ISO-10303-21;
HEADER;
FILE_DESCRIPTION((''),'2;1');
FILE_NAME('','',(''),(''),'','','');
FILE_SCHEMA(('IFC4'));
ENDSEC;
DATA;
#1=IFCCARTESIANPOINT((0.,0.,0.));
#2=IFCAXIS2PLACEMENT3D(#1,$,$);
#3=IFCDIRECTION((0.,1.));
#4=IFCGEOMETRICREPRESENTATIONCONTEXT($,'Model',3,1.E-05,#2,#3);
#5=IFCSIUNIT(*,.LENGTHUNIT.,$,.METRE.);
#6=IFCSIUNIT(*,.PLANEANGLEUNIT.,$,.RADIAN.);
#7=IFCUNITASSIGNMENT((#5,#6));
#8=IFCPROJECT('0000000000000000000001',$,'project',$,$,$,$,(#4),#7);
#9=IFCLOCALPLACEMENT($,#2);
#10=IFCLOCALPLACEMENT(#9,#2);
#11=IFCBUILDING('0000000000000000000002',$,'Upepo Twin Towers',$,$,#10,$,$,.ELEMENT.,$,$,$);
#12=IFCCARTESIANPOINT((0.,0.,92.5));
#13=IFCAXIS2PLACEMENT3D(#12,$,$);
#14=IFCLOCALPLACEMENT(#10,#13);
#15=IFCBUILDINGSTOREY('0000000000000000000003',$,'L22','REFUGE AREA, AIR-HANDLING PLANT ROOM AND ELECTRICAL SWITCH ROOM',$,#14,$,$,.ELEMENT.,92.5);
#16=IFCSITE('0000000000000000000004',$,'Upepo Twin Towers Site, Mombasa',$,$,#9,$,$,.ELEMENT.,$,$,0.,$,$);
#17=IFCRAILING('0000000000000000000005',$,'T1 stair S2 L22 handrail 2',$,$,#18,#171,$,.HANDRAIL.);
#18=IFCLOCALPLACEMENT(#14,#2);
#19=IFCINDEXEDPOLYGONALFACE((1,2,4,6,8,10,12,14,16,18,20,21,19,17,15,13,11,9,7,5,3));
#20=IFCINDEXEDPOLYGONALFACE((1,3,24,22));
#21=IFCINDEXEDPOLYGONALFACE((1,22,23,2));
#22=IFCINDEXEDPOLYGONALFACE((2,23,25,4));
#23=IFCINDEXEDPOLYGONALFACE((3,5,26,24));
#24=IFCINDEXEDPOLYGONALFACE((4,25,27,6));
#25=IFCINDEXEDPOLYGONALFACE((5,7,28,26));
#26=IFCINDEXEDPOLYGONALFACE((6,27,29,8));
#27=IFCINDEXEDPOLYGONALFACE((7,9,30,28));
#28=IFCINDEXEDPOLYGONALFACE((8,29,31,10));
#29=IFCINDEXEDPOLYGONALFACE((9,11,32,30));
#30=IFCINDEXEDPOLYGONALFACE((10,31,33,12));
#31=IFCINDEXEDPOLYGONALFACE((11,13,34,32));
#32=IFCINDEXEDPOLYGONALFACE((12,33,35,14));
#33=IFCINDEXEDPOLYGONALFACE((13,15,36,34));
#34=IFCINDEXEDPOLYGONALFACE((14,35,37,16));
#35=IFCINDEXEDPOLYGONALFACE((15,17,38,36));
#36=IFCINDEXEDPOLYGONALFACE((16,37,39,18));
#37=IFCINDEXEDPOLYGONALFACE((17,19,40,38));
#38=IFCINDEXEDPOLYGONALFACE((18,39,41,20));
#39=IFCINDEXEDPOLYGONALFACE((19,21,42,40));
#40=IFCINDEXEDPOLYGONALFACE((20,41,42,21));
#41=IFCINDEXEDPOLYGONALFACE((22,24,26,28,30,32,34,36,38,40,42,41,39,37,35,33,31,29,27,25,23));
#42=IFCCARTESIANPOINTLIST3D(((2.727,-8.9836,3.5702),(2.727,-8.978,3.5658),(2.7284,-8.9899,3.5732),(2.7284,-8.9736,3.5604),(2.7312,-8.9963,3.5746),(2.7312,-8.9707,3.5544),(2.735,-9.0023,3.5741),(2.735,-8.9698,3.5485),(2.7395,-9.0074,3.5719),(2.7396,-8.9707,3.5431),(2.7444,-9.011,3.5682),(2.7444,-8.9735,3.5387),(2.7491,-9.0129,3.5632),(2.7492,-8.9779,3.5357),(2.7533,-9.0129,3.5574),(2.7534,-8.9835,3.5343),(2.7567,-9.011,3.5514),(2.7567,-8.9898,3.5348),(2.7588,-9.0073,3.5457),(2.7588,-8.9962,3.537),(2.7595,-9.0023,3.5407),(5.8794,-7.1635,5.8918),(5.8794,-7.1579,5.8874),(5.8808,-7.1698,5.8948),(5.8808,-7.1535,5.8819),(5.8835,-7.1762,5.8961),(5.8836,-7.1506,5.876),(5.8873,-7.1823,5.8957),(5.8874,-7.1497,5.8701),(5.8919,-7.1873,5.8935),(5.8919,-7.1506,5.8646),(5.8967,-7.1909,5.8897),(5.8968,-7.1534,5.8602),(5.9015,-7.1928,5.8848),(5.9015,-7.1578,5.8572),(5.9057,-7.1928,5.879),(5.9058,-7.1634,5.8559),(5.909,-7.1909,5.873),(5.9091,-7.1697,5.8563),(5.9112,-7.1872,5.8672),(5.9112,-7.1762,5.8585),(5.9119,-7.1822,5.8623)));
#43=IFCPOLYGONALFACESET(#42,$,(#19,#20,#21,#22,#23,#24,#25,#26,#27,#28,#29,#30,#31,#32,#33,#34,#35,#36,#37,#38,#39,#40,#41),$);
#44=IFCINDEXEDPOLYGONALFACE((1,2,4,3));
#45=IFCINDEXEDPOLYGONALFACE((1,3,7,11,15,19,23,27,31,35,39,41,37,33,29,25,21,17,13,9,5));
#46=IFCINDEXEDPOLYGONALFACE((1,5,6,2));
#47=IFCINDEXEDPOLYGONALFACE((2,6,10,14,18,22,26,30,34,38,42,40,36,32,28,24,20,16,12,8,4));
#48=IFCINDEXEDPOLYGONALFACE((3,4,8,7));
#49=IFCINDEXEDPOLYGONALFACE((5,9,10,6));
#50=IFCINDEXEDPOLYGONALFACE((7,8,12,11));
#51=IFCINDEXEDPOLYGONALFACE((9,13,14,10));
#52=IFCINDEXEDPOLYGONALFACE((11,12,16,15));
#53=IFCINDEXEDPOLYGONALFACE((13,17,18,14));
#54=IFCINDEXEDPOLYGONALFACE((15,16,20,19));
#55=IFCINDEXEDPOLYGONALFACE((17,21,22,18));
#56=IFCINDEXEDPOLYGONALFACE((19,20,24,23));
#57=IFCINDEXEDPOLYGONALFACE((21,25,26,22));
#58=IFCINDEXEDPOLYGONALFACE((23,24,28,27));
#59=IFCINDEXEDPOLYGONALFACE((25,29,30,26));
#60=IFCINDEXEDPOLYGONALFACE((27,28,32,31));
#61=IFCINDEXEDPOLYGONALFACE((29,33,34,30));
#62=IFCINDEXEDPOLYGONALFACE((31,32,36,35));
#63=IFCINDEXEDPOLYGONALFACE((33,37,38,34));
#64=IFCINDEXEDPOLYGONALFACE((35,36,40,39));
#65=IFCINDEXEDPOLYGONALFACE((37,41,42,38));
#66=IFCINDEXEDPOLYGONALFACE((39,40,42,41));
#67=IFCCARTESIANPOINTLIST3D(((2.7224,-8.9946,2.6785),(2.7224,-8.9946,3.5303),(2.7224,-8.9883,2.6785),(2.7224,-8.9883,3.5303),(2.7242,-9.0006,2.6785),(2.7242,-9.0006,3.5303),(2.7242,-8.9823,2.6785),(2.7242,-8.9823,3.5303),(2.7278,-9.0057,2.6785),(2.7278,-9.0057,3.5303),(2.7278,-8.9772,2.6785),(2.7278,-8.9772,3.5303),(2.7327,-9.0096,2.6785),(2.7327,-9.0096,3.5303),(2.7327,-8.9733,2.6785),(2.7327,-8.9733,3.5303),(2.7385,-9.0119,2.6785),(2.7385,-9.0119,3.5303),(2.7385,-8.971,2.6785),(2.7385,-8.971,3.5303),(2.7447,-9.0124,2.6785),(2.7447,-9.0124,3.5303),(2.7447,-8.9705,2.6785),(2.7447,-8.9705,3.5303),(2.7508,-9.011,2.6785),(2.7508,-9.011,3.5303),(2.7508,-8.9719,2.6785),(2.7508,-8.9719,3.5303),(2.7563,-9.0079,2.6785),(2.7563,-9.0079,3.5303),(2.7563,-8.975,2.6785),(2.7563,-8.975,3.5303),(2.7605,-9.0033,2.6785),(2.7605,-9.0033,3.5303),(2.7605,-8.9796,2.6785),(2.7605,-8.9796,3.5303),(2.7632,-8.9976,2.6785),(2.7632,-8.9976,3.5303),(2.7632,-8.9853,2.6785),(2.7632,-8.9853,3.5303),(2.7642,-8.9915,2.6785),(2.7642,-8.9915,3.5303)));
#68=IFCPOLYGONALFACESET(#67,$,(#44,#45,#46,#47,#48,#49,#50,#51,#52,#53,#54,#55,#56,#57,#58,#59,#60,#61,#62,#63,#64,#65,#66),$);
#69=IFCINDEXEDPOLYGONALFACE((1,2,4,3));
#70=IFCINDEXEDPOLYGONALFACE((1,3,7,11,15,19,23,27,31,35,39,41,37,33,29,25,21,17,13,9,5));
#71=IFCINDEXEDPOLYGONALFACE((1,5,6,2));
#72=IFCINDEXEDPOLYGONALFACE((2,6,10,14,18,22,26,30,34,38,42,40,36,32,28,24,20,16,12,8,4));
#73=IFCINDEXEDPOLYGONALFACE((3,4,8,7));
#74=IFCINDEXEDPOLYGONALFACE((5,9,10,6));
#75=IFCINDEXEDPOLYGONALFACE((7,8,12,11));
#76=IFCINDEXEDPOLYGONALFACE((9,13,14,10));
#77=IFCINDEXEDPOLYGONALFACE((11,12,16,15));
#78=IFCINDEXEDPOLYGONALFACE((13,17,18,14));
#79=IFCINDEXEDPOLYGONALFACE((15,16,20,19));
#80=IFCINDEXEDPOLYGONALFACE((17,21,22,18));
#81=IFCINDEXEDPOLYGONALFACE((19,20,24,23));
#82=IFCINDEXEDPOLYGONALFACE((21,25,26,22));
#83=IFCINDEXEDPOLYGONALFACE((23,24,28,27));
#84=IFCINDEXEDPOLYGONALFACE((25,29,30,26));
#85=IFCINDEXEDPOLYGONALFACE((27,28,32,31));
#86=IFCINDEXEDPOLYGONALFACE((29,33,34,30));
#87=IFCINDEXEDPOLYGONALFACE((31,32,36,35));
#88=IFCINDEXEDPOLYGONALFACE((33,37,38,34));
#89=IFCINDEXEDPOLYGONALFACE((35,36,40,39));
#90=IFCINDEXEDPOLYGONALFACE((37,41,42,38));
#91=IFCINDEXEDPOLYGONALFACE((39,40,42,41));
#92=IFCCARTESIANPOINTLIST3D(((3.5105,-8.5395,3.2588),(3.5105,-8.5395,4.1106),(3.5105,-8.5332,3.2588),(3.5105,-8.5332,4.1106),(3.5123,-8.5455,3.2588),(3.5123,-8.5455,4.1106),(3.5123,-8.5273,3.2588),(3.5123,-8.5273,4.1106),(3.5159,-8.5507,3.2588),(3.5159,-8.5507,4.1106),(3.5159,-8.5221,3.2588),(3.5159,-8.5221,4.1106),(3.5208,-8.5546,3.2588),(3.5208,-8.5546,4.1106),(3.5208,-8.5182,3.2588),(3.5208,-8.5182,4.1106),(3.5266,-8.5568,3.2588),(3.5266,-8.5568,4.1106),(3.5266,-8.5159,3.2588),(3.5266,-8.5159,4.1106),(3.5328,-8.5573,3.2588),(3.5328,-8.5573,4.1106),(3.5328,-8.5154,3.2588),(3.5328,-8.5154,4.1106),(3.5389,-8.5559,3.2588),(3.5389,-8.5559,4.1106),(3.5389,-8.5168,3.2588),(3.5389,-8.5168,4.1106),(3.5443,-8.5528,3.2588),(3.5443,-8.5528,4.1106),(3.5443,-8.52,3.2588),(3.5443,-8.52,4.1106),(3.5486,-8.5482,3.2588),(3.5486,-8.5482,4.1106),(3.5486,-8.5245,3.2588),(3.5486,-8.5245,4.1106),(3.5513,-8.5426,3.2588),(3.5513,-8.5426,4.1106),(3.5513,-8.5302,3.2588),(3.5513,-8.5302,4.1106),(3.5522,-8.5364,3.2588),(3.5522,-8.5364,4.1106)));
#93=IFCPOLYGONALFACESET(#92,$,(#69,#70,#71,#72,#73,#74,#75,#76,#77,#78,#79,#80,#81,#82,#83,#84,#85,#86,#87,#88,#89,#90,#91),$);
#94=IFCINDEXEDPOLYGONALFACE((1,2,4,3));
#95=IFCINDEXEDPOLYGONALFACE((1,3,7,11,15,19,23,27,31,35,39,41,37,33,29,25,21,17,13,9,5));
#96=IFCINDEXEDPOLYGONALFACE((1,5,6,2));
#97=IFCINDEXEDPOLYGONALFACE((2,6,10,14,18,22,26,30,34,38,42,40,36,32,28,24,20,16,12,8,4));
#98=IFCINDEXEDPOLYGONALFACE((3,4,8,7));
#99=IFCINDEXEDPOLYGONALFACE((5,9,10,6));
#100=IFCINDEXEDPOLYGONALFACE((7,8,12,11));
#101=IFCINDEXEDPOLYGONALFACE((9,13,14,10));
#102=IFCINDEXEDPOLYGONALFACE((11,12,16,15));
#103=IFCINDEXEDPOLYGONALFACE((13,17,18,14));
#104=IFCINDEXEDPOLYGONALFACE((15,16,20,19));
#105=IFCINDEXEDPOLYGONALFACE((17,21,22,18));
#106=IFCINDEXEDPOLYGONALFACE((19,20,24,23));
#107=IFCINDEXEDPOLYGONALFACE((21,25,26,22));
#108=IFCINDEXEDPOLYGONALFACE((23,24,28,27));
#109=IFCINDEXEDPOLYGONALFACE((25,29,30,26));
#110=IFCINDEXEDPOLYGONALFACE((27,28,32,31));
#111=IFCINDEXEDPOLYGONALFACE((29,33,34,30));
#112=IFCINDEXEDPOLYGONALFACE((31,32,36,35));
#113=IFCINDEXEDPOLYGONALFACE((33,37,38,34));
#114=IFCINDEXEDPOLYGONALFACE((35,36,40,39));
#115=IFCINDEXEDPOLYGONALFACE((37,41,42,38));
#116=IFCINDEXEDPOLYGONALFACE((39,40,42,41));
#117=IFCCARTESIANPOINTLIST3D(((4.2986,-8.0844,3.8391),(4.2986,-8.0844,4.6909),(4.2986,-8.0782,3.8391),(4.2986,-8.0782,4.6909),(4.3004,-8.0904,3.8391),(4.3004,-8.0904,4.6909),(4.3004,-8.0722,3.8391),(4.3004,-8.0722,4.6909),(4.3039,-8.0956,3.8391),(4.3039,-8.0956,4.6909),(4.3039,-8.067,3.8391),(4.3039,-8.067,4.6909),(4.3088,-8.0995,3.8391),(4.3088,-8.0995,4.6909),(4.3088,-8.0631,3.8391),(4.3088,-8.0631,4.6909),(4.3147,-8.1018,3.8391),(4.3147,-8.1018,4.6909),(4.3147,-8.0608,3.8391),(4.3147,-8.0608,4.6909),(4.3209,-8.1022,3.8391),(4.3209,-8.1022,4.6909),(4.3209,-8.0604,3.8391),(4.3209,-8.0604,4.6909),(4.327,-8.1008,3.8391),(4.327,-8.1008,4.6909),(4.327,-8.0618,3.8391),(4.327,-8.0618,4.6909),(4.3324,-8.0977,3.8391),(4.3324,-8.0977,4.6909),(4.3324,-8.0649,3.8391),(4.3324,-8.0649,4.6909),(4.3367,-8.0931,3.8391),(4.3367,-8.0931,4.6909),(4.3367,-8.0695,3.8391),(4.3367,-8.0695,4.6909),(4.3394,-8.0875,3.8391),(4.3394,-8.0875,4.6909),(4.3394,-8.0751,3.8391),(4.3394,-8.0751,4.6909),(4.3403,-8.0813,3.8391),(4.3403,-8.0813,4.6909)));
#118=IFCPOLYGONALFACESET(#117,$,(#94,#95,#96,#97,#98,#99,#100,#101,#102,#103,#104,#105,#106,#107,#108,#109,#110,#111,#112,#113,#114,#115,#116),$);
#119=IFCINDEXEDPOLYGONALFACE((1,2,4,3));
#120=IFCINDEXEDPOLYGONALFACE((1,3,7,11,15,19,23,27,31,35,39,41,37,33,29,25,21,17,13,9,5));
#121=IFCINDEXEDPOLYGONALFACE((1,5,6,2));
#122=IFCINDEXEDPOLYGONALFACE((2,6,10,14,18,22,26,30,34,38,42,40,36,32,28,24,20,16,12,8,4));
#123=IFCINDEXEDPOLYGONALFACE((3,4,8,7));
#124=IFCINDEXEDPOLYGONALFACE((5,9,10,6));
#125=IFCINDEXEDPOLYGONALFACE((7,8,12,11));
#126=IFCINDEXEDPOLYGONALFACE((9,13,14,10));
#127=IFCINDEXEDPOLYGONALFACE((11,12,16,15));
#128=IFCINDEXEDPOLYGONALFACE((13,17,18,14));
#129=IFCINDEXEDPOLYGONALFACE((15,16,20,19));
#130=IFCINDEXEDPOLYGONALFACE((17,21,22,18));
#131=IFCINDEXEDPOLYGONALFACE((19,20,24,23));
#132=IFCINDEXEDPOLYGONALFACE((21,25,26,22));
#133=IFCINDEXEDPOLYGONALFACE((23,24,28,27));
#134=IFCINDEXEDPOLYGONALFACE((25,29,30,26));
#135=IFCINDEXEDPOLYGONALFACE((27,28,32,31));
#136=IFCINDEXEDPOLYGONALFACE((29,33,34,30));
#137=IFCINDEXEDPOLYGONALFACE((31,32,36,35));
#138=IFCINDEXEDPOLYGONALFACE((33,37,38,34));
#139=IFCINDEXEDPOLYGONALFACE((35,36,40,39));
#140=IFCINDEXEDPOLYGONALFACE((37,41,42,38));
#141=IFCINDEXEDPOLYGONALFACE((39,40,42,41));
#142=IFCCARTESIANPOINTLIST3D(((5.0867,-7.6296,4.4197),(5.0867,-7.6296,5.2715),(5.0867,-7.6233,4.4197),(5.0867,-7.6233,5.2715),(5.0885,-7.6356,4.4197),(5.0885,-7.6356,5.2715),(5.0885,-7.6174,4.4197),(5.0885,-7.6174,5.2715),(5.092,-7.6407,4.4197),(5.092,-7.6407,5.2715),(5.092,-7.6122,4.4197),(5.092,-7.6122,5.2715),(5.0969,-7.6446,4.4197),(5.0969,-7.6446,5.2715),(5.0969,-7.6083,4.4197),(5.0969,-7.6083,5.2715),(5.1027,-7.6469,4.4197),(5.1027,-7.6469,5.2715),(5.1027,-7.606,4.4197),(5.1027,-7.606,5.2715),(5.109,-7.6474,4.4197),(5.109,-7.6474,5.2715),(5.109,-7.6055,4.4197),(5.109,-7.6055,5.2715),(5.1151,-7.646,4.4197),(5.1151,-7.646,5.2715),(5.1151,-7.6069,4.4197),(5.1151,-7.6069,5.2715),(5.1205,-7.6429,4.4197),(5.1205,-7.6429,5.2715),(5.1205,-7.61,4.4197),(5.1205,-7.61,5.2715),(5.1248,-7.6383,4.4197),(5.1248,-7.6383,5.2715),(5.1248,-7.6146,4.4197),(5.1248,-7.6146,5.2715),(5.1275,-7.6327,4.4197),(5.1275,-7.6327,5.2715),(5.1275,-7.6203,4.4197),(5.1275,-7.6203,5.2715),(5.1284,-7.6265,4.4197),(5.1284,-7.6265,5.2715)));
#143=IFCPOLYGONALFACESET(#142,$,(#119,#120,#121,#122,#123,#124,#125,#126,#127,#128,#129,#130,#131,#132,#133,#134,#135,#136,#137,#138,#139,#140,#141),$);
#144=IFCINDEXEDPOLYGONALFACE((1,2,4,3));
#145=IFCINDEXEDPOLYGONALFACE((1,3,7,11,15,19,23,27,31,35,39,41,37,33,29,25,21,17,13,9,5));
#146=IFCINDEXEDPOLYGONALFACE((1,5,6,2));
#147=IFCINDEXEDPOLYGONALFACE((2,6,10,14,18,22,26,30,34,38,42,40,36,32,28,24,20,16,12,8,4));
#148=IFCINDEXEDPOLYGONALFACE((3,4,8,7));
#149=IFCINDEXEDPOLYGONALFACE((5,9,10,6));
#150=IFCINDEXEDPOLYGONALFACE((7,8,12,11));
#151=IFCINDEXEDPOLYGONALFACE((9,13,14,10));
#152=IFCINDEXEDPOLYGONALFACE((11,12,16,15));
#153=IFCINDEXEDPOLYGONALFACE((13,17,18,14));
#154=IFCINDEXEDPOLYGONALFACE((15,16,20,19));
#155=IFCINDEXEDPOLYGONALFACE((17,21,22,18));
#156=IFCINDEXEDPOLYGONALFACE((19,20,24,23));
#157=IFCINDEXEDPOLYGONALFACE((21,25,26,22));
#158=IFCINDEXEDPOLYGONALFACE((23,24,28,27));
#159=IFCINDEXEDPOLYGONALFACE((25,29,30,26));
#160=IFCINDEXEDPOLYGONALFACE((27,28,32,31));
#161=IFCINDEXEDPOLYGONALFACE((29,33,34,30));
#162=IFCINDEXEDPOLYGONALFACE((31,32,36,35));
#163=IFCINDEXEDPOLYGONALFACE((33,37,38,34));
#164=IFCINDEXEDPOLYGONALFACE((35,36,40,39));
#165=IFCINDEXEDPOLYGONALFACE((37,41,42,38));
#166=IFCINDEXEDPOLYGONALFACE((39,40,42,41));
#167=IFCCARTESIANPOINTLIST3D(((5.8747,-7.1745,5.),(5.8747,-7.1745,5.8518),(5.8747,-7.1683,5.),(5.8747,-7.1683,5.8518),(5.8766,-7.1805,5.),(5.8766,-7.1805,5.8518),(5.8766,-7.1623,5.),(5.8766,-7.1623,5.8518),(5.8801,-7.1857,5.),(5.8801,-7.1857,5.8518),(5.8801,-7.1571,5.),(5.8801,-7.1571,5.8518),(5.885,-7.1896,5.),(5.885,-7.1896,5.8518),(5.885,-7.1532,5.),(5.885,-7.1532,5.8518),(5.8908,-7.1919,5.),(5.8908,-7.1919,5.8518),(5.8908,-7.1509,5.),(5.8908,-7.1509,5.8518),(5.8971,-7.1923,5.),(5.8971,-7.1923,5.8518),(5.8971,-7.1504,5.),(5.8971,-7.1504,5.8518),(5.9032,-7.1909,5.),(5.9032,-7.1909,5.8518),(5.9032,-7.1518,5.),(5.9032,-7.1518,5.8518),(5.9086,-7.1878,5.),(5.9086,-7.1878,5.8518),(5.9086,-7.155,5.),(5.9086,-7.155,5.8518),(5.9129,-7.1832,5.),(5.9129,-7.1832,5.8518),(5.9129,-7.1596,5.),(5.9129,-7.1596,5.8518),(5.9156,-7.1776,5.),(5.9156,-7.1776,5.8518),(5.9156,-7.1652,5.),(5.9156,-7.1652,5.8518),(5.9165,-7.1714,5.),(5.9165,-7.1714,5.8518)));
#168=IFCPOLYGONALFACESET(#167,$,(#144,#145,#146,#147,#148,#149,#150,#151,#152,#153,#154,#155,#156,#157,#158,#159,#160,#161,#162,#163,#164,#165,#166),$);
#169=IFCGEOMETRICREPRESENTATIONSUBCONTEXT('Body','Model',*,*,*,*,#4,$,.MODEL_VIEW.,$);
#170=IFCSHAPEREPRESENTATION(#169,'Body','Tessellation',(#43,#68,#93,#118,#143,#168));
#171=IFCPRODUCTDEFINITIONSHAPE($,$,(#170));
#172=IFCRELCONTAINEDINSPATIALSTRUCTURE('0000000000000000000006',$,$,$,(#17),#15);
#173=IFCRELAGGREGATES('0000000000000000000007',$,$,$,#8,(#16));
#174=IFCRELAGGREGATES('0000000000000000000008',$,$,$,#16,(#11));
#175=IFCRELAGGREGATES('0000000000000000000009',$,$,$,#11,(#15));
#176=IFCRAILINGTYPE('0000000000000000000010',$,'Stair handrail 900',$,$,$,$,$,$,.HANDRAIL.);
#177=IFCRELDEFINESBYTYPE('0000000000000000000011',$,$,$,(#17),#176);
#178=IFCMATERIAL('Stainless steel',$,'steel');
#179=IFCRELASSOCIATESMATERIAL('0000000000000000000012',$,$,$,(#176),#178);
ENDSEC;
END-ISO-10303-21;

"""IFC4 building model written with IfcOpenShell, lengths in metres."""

from ifc_helpers import new_model, si_unit, direction, frame, origin, origin_2d, place, context, subcontext, project, spatial, circle, extrude, material, type_object, element, save


model = new_model("IFC4")

# Units and contexts
model_context = context("Model", 3, precision=1e-05, world=origin(), true_north=direction((0.0, 1.0)))
body_context = subcontext(model_context, "Body", "Model", "MODEL_VIEW")
ifc_project = project(units=[si_unit("LENGTHUNIT", "METRE"), si_unit("PLANEANGLEUNIT", "RADIAN")], contexts=[model_context])

# Site, building, storey
site_placement = place(None, origin())
site = spatial("IfcSite", under=ifc_project, at=site_placement, Name="Upepo Twin Towers Site, Mombasa", CompositionType="ELEMENT", RefElevation=0.0)
building_placement = place(site_placement, origin())
building = spatial("IfcBuilding", under=site, at=building_placement, Name="Upepo Twin Towers", CompositionType="ELEMENT")
storey_placement = place(building_placement, frame((0.0, 0.0, 92.5)))
storey = spatial("IfcBuildingStorey", under=building, at=storey_placement, Name="L22", Description="REFUGE AREA, AIR-HANDLING PLANT ROOM AND ELECTRICAL SWITCH ROOM", CompositionType="ELEMENT", Elevation=92.5)

# Railing
ifc_material_1 = material(Name="Stainless steel", Category="steel")
railing_type_1 = type_object("IfcRailingType", Name="Stair handrail 900", PredefinedType="HANDRAIL", material=ifc_material_1)
railing_1_placement = place(storey_placement, frame((2.7432, -8.9915, 2.6785)))
element("IfcRailing", 1, at=railing_1_placement, inside=storey, type_object=railing_type_1, Name="T1 stair S2 L22 handrail 2", PredefinedType="HANDRAIL", context=body_context, shape_type="SweptSolid", body=[
    extrude(circle(Radius=0.0239, at=origin_2d()), frame((0.0, 0.0, 0.876), z_axis=(0.730159, 0.421572, 0.537723), x_axis=(-0.500013, 0.866018, 0.0)), (0.0, 0.0, 1.0), 4.3174),
    extrude(circle(Radius=0.021, at=origin_2d()), origin(), (0.0, 0.0, 1.0), 0.8518),
    extrude(circle(Radius=0.021, at=origin_2d()), frame((0.7881, 0.4551, 0.5803)), (0.0, 0.0, 1.0), 0.8518),
    extrude(circle(Radius=0.021, at=origin_2d()), frame((1.5762, 0.9102, 1.1606)), (0.0, 0.0, 1.0), 0.8518),
    extrude(circle(Radius=0.021, at=origin_2d()), frame((2.3643, 1.365, 1.7412)), (0.0, 0.0, 1.0), 0.8518),
    extrude(circle(Radius=0.021, at=origin_2d()), frame((3.1523, 1.8201, 2.3215)), (0.0, 0.0, 1.0), 0.8518),
])

save(model, "model.ifc")
